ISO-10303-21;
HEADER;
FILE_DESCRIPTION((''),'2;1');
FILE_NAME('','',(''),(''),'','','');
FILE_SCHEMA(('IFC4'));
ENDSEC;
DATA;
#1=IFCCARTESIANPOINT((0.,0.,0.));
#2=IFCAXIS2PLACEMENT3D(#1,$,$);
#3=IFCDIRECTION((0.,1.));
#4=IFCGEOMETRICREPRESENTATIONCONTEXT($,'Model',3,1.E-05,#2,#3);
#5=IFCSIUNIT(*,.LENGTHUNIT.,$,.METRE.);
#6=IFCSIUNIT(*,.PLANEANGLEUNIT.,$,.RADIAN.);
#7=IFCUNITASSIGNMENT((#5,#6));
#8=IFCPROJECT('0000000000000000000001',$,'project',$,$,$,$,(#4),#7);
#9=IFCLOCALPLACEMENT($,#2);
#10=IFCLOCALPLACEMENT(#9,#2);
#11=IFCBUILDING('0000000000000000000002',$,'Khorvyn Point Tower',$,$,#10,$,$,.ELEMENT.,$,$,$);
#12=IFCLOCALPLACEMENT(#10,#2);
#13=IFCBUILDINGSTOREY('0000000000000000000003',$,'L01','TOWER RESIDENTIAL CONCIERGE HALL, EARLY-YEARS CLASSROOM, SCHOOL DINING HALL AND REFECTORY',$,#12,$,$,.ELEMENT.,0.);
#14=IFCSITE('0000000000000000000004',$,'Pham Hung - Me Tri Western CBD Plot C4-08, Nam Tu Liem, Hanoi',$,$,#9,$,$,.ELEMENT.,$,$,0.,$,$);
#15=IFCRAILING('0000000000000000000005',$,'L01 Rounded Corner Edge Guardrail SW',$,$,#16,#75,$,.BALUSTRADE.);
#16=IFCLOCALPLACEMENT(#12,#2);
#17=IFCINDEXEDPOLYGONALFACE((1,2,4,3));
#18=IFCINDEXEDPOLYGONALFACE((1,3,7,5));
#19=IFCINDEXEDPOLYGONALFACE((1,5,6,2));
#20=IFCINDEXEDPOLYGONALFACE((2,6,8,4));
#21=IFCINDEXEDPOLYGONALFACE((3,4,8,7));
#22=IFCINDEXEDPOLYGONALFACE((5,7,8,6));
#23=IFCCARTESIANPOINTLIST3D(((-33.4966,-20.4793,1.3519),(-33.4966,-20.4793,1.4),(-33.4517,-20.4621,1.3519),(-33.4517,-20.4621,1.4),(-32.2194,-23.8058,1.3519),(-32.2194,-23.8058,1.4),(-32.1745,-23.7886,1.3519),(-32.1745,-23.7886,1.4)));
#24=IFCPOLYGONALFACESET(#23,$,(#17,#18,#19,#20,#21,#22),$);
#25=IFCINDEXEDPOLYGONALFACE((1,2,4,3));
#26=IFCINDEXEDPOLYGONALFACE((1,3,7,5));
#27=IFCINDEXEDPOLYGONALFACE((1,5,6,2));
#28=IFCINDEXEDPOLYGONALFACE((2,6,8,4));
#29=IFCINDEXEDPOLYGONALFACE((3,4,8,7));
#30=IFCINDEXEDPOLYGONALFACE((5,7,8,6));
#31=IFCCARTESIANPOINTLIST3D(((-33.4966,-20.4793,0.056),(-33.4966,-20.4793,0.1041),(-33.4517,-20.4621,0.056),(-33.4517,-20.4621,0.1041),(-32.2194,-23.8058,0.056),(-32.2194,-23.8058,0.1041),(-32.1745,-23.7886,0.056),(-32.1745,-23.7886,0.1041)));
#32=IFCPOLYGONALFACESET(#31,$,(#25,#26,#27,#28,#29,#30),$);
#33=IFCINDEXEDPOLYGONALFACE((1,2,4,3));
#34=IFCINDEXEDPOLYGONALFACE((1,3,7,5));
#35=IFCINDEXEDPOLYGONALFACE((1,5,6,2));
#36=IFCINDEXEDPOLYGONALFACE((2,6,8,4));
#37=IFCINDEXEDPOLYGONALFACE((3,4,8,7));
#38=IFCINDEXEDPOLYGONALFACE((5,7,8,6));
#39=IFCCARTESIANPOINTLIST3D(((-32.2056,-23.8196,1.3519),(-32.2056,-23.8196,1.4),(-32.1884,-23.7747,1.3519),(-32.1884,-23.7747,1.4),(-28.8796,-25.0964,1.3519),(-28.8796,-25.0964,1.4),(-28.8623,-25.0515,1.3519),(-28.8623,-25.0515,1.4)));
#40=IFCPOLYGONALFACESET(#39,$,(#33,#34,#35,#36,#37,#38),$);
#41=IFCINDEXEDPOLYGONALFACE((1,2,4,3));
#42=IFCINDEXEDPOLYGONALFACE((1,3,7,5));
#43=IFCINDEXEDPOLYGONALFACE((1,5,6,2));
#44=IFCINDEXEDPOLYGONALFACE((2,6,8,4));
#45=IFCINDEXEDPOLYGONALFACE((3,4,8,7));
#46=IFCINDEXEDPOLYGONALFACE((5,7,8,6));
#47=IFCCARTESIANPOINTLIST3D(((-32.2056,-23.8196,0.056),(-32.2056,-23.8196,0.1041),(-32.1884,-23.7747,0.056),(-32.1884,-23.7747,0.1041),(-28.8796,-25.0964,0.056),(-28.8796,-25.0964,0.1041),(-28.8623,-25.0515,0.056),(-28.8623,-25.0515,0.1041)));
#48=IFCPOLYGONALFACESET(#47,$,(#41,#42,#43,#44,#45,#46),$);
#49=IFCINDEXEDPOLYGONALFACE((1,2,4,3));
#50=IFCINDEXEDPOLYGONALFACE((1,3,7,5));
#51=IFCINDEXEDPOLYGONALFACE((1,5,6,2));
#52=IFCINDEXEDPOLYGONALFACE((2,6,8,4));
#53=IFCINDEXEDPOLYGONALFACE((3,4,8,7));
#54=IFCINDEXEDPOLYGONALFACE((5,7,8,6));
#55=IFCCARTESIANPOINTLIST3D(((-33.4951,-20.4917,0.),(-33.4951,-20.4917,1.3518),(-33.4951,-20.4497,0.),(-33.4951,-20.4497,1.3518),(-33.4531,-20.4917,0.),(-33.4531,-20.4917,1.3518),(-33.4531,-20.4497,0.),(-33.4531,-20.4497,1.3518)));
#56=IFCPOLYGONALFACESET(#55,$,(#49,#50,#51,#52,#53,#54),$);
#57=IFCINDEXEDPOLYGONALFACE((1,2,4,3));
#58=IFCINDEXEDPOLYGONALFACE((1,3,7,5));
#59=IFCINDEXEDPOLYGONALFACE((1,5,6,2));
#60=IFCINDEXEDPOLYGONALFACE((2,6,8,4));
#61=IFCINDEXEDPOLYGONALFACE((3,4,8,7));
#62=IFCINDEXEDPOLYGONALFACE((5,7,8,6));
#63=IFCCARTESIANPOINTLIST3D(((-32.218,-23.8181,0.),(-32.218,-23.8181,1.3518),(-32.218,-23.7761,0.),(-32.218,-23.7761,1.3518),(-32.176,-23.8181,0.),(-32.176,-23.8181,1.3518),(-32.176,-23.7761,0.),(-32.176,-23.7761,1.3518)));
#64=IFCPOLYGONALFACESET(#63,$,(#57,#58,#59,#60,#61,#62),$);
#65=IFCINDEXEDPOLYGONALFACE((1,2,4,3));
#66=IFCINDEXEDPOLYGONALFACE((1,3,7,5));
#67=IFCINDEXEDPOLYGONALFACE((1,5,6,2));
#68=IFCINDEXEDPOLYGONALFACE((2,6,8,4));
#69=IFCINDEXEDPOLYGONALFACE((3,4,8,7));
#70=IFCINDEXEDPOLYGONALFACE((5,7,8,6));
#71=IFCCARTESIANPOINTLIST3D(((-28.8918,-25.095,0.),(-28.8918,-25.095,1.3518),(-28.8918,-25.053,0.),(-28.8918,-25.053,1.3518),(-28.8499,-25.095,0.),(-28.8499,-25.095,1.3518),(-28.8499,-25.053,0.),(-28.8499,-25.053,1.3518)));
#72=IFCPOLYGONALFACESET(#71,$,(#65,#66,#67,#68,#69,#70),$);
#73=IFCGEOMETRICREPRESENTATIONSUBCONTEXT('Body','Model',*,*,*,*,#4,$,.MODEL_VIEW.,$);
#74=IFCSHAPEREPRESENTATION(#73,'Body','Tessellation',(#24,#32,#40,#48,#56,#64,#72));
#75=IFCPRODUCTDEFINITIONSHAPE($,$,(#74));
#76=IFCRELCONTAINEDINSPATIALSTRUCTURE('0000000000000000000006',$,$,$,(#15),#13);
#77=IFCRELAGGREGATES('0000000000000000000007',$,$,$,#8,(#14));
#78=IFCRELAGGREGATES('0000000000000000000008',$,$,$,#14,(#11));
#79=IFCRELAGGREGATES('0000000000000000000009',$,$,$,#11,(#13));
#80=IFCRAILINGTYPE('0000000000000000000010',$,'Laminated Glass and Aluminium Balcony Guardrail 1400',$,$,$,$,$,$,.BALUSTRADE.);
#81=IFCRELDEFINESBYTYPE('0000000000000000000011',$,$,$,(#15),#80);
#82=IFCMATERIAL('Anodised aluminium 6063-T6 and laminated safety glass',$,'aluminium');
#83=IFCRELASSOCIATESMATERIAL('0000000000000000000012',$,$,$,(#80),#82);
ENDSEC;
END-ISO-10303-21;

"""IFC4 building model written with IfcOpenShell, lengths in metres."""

from ifc_helpers import new_model, si_unit, direction, frame, origin, origin_2d, place, context, subcontext, project, spatial, rectangle, extrude, material, type_object, element, save


model = new_model("IFC4")

# Units and contexts
model_context = context("Model", 3, precision=1e-05, world=origin(), true_north=direction((0.0, 1.0)))
body_context = subcontext(model_context, "Body", "Model", "MODEL_VIEW")
ifc_project = project(units=[si_unit("LENGTHUNIT", "METRE"), si_unit("PLANEANGLEUNIT", "RADIAN")], contexts=[model_context])

# Site, building, storey
site_placement = place(None, origin())
site = spatial("IfcSite", under=ifc_project, at=site_placement, Name="Pham Hung - Me Tri Western CBD Plot C4-08, Nam Tu Liem, Hanoi", CompositionType="ELEMENT", RefElevation=0.0)
building_placement = place(site_placement, origin())
building = spatial("IfcBuilding", under=site, at=building_placement, Name="Khorvyn Point Tower", CompositionType="ELEMENT")
storey_placement = place(building_placement, origin())
storey = spatial("IfcBuildingStorey", under=building, at=storey_placement, Name="L01", Description="TOWER RESIDENTIAL CONCIERGE HALL, EARLY-YEARS CLASSROOM, SCHOOL DINING HALL AND REFECTORY", CompositionType="ELEMENT", Elevation=0.0)

# Railing
ifc_material_1 = material(Name="Anodised aluminium 6063-T6 and laminated safety glass", Category="aluminium")
railing_type = type_object("IfcRailingType", Name="Laminated Glass and Aluminium Balcony Guardrail 1400", PredefinedType="BALUSTRADE", material=ifc_material_1)
railing_placement = place(storey_placement, frame((-33.4741, -20.4707, 0.0)))
element("IfcRailing", 1, at=railing_placement, inside=storey, type_object=railing_type, Name="L01 Rounded Corner Edge Guardrail SW", PredefinedType="BALUSTRADE", context=body_context, shape_type="SweptSolid", body=[
    extrude(rectangle(XDim=0.0481, YDim=0.0481, at=origin_2d()), frame((0.0, 0.0, 1.376), z_axis=(0.358419, -0.933561, 0.0), x_axis=(0.933561, 0.358419, 0.0)), (0.0, 0.0, 1.0), 3.5632),
    extrude(rectangle(XDim=0.0481, YDim=0.0481, at=origin_2d()), frame((0.0, 0.0, 0.0801), z_axis=(0.358419, -0.933561, 0.0), x_axis=(0.933561, 0.358419, 0.0)), (0.0, 0.0, 1.0), 3.5632),
    extrude(rectangle(XDim=0.0481, YDim=0.0481, at=origin_2d()), frame((1.2771, -3.3264, 1.376), z_axis=(0.933575, -0.358382, 0.0), x_axis=(0.358382, 0.933575, 0.0)), (0.0, 0.0, 1.0), 3.5627),
    extrude(rectangle(XDim=0.0481, YDim=0.0481, at=origin_2d()), frame((1.2771, -3.3264, 0.0801), z_axis=(0.933575, -0.358382, 0.0), x_axis=(0.358382, 0.933575, 0.0)), (0.0, 0.0, 1.0), 3.5627),
    extrude(rectangle(XDim=0.042, YDim=0.042, at=origin_2d()), origin(), (0.0, 0.0, 1.0), 1.3518),
    extrude(rectangle(XDim=0.042, YDim=0.042, at=origin_2d()), frame((1.2771, -3.3264, 0.0)), (0.0, 0.0, 1.0), 1.3518),
    extrude(rectangle(XDim=0.042, YDim=0.042, at=origin_2d()), frame((4.6033, -4.6033, 0.0)), (0.0, 0.0, 1.0), 1.3518),
])

save(model, "model.ifc")
